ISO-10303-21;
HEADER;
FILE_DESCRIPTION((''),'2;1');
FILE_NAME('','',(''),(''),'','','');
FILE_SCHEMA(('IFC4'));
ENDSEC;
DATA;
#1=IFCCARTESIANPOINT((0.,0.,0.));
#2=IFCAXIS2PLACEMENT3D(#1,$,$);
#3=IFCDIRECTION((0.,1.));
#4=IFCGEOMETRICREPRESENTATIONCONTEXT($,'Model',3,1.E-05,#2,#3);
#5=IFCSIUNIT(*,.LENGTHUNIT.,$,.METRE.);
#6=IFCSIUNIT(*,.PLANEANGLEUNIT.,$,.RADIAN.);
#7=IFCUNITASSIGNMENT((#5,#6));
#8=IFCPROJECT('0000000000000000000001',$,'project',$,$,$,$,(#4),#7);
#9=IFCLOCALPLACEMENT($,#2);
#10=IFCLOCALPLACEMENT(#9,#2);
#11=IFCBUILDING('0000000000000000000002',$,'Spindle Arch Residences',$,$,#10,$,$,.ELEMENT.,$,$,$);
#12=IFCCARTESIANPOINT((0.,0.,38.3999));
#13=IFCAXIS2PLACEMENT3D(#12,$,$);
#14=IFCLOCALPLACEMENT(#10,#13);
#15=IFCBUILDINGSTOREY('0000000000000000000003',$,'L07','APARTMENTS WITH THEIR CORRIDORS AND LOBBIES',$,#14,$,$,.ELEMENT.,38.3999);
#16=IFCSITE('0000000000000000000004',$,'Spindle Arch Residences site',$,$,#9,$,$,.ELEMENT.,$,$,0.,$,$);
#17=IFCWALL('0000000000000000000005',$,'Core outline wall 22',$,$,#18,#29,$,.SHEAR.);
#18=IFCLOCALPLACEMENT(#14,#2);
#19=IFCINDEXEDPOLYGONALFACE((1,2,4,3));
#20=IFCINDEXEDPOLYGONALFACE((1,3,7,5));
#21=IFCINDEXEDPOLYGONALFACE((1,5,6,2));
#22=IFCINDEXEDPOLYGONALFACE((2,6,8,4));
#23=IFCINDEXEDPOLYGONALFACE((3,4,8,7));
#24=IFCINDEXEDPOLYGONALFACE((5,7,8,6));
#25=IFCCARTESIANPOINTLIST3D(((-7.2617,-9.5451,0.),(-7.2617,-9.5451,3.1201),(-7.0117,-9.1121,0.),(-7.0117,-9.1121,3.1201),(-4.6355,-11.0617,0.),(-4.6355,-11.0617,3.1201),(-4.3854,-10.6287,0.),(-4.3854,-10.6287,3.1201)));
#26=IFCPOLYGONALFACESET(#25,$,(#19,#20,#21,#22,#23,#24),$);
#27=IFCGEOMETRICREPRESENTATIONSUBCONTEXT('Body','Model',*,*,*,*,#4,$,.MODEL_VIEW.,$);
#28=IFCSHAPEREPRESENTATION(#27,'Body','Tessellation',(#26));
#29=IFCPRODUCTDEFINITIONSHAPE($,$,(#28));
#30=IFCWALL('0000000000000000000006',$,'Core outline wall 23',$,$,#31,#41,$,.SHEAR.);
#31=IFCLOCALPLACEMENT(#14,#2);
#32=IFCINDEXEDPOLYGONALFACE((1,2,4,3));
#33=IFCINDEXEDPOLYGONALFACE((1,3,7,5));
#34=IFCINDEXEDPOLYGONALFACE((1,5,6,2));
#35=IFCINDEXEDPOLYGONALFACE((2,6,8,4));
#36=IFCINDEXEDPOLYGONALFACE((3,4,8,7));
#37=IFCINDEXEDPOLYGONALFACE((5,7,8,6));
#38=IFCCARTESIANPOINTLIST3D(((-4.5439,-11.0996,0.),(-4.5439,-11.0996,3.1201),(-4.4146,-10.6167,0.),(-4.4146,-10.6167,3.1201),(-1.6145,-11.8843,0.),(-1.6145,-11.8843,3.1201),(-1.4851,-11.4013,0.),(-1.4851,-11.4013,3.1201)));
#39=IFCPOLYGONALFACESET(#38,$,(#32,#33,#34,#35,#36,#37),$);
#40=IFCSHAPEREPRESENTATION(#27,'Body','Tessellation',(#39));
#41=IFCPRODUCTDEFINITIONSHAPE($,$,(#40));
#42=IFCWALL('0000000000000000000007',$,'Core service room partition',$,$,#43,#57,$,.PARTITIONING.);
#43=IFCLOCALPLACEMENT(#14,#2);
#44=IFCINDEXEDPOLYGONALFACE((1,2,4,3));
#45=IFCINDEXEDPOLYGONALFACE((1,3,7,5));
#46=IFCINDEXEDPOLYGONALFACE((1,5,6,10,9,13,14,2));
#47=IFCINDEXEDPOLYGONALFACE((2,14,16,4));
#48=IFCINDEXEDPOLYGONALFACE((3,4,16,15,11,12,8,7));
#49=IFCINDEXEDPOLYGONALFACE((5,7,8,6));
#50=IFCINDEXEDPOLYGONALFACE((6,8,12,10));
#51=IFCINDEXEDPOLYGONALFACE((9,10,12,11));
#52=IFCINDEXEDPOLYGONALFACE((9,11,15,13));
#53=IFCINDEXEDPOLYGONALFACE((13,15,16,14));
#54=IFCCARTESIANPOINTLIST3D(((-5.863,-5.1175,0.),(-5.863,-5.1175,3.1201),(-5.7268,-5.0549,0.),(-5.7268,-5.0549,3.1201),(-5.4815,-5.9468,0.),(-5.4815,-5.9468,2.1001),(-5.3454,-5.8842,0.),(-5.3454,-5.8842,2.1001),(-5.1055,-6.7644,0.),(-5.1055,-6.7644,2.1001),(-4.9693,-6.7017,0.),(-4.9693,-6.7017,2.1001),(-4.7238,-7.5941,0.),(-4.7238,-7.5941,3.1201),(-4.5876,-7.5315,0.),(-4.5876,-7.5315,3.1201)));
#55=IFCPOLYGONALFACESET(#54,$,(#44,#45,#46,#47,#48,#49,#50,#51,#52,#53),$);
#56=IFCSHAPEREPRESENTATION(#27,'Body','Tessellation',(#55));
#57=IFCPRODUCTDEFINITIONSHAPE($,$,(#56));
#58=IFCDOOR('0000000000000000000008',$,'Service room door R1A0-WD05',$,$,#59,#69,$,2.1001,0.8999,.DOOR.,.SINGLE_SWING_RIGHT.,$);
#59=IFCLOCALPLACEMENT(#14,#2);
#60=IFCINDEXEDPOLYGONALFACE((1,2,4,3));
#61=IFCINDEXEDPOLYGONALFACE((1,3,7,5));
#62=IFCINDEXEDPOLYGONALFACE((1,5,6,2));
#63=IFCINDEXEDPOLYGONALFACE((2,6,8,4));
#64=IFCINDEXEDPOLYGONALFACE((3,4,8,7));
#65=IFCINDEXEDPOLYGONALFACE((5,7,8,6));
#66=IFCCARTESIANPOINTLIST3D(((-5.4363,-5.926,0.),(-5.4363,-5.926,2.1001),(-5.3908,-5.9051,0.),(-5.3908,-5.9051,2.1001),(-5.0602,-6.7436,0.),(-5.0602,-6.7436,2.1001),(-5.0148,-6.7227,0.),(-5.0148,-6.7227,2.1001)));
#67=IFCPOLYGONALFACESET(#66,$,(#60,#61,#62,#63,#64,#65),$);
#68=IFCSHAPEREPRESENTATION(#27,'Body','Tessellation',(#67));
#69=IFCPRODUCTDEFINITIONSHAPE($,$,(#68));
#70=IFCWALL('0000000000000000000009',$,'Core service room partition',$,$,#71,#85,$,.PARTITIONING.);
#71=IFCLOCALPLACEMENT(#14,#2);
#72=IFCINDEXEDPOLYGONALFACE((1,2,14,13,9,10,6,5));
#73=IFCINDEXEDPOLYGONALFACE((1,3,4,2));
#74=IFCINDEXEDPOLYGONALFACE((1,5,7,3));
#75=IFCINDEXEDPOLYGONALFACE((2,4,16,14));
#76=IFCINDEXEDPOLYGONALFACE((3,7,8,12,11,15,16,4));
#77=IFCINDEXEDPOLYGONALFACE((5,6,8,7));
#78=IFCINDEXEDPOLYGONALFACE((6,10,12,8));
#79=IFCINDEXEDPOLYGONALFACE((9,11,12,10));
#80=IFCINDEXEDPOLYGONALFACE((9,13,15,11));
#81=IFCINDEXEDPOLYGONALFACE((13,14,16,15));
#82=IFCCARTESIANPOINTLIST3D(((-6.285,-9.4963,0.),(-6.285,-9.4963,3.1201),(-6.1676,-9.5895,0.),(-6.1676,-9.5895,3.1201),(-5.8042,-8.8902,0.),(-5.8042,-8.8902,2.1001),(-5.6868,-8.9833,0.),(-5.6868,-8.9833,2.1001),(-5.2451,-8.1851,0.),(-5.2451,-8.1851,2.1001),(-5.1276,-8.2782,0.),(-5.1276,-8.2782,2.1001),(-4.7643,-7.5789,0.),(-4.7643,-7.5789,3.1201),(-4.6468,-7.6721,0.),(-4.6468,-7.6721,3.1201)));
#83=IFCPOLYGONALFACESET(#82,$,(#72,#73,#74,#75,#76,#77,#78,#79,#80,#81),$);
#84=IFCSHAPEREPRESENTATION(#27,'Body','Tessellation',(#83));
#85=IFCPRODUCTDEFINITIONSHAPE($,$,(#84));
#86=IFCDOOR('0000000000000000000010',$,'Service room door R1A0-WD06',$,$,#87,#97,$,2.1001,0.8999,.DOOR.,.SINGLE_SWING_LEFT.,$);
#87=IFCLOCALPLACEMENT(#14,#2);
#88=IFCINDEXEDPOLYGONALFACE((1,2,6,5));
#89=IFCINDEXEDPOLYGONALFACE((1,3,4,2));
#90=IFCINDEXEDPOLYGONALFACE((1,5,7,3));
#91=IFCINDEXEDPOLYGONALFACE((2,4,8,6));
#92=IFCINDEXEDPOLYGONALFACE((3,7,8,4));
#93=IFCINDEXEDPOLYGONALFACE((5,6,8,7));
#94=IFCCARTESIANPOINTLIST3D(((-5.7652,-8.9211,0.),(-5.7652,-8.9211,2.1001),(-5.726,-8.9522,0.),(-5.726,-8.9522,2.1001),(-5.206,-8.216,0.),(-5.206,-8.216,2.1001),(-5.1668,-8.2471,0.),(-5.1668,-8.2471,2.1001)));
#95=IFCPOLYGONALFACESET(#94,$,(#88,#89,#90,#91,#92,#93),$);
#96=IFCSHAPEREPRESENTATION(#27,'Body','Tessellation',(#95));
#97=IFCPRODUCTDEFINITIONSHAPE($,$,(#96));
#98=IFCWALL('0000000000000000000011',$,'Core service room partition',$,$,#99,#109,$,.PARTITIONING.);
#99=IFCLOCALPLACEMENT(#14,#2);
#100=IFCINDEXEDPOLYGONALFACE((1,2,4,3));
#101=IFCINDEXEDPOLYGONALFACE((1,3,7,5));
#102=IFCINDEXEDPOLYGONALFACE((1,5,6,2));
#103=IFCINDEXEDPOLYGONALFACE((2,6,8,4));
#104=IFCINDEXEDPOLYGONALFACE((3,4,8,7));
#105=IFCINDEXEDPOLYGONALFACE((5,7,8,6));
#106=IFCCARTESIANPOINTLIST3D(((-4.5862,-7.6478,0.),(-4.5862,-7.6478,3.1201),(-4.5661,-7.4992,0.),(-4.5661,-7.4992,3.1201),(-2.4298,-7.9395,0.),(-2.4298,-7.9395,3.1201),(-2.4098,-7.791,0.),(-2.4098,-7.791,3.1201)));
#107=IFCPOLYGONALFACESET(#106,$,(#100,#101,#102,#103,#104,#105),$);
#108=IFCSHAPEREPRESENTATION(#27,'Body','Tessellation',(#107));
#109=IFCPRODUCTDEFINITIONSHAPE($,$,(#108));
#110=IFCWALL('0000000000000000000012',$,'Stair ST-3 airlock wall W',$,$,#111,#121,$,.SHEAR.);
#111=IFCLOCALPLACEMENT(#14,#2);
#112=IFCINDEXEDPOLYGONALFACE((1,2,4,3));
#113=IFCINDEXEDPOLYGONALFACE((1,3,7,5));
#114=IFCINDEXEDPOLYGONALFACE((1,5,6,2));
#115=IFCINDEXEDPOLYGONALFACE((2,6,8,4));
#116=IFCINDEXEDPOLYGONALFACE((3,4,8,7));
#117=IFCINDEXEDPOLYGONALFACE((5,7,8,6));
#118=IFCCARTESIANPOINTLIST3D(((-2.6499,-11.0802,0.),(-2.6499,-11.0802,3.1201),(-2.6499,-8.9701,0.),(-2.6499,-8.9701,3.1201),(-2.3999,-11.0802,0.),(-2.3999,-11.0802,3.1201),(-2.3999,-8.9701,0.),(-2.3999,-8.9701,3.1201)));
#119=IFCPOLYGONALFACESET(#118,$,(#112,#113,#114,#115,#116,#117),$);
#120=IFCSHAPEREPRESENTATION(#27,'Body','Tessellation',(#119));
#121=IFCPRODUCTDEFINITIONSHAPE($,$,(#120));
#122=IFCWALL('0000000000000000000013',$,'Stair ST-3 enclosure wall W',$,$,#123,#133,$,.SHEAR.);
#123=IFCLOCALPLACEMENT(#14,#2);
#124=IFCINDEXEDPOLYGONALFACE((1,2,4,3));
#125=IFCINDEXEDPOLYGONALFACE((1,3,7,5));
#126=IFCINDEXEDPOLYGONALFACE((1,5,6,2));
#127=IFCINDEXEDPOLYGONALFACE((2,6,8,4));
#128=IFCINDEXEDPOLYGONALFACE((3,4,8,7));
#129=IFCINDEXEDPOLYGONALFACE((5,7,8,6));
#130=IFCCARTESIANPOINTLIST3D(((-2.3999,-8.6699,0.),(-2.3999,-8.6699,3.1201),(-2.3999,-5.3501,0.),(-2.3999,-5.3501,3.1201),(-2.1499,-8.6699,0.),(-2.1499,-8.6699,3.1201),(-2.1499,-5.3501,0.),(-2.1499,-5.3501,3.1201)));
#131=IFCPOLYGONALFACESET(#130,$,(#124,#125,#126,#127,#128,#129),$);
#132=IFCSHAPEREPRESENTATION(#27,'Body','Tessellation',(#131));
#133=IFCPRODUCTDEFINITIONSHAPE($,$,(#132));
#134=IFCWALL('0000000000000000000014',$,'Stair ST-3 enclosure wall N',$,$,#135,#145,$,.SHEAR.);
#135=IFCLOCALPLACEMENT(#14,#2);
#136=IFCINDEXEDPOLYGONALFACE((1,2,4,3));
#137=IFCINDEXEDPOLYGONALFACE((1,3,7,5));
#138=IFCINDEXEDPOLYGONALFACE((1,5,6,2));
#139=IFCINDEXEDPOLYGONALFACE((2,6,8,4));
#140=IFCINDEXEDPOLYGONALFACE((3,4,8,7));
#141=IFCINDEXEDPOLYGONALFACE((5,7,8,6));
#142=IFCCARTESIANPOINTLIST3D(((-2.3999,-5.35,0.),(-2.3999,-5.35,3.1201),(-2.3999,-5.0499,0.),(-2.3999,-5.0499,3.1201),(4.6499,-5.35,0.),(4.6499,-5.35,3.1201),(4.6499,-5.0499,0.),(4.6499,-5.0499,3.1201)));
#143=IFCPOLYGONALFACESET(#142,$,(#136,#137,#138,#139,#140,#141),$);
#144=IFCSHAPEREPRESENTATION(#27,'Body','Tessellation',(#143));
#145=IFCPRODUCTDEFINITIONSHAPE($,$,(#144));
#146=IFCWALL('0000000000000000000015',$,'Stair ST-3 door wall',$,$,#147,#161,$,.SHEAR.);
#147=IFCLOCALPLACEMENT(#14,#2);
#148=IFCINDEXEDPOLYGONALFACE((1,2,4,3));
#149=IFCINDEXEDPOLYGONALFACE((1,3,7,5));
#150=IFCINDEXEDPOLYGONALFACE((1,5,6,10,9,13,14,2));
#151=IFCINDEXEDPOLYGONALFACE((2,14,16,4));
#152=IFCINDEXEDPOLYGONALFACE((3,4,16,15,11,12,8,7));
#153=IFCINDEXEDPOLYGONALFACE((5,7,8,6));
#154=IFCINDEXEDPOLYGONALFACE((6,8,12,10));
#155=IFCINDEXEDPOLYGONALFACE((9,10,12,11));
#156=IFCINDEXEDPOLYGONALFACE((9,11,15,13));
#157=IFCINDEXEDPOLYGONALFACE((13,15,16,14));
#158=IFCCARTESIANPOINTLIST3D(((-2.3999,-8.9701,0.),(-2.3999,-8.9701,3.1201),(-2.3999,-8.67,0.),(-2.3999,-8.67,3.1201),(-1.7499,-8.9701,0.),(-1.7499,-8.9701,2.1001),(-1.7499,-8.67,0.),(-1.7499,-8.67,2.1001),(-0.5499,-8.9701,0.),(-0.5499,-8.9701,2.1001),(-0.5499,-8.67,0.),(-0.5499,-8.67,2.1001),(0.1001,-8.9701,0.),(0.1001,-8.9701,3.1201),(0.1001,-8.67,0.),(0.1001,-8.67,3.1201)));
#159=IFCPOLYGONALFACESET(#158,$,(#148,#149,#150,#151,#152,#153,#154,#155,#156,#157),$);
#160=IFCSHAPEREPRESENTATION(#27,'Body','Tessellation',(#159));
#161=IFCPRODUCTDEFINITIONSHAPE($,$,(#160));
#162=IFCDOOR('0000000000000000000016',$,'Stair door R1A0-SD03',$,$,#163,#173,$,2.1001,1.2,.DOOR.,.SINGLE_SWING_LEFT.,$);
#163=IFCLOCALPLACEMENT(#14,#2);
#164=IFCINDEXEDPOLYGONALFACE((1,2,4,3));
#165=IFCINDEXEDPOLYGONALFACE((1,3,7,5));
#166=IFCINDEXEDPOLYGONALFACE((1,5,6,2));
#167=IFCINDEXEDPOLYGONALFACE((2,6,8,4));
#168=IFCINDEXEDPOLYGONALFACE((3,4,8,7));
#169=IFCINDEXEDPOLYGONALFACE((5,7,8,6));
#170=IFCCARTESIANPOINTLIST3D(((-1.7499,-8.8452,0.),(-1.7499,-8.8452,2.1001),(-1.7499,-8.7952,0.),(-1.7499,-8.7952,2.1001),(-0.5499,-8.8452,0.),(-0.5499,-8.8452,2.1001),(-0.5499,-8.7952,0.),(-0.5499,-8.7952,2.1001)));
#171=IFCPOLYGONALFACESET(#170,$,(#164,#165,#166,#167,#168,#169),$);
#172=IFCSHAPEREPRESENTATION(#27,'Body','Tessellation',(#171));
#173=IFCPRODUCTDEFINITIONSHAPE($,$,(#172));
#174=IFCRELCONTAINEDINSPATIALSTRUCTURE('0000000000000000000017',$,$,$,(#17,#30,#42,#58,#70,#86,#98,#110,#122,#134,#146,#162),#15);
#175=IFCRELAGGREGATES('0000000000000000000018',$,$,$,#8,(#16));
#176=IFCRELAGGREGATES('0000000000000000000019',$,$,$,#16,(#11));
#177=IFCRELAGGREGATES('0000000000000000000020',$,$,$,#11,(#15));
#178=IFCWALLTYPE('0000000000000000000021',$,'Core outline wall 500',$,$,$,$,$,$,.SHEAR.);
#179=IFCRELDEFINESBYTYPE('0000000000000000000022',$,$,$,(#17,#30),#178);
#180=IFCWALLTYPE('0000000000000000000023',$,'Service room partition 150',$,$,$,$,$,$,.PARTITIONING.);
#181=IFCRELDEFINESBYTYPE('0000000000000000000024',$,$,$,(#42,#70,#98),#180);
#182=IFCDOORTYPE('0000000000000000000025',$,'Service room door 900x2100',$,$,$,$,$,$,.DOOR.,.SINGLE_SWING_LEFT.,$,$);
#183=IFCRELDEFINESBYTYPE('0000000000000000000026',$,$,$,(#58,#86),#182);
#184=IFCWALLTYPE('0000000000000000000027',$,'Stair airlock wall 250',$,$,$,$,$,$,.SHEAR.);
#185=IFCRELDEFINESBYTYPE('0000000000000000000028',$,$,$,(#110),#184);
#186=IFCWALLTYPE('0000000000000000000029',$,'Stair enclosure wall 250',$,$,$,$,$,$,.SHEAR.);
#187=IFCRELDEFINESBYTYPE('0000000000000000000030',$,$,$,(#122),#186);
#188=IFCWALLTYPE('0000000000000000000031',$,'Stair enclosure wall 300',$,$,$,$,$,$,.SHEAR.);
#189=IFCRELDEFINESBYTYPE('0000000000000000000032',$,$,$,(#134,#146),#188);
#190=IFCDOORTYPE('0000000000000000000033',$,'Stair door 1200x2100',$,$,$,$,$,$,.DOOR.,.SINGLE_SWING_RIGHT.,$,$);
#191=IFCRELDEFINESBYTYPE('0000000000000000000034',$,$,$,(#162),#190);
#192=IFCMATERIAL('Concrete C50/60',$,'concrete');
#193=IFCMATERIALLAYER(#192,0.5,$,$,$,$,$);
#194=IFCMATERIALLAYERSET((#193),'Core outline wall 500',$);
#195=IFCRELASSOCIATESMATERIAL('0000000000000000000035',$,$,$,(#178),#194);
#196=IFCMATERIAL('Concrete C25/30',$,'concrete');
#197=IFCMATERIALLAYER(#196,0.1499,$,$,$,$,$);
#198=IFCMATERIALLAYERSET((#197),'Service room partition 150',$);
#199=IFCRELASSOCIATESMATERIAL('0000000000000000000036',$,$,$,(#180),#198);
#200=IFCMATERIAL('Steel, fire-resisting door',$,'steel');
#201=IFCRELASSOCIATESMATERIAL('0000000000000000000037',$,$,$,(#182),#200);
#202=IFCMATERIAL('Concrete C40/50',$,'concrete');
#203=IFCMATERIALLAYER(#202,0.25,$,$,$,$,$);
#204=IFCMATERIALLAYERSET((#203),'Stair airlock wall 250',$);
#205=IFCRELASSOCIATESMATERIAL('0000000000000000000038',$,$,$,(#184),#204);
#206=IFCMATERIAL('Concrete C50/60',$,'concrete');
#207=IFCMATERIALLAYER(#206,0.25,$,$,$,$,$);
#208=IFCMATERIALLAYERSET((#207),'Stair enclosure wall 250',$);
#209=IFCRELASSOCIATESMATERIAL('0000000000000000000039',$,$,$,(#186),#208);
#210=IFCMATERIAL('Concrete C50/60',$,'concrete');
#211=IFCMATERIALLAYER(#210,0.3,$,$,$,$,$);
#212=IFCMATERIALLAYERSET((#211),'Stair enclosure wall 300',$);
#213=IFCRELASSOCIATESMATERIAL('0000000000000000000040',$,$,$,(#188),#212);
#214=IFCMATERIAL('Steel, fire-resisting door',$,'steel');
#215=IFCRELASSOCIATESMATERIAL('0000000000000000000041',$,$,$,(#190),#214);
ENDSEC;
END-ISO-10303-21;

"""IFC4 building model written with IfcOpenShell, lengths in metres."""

from ifc_helpers import new_model, si_unit, direction, frame, frame_2d, origin, place, context, subcontext, project, spatial, rectangle, extrude, material, layer, layer_set, type_object, element, fill, save


model = new_model("IFC4")

# Units and contexts
model_context = context("Model", 3, precision=1e-05, world=origin(), true_north=direction((0.0, 1.0)))
body_context = subcontext(model_context, "Body", "Model", "MODEL_VIEW")
ifc_project = project(units=[si_unit("LENGTHUNIT", "METRE"), si_unit("PLANEANGLEUNIT", "RADIAN")], contexts=[model_context])

# Site, building, storey
site_placement = place(None, origin())
site = spatial("IfcSite", under=ifc_project, at=site_placement, Name="Spindle Arch Residences site", CompositionType="ELEMENT", RefElevation=0.0)
building_placement = place(site_placement, origin())
building = spatial("IfcBuilding", under=site, at=building_placement, Name="Spindle Arch Residences", CompositionType="ELEMENT")
storey_placement = place(building_placement, frame((0.0, 0.0, 38.3999)))
storey = spatial("IfcBuildingStorey", under=building, at=storey_placement, Name="L07", Description="APARTMENTS WITH THEIR CORRIDORS AND LOBBIES", CompositionType="ELEMENT", Elevation=38.3999)

# Walls
ifc_material_1 = material(Name="Concrete C50/60", Category="concrete")
ifc_layer_1 = layer(ifc_material_1, 0.5)
ifc_layer_set_1 = layer_set([ifc_layer_1], Name="Core outline wall 500")
wall_type_1 = type_object("IfcWallType", Name="Core outline wall 500", PredefinedType="SHEAR", material=ifc_layer_set_1)
for number, where, z_axis, x_axis, name in (
    (1, (-7.1367, -9.3286, 0.0), (0.0, 0.0, 1.0), (0.865975, -0.500087, 0.0), "Core outline wall 22"),
    (2, (-4.4792, -10.8582, 0.0), (0.0, 0.0, 1.0), (0.965948, -0.258735, 0.0), "Core outline wall 23"),
):
    element("IfcWall", number, at=place(storey_placement, frame(where, z_axis=z_axis, x_axis=x_axis)), inside=storey, type_object=wall_type_1, Name=name, PredefinedType="SHEAR", context=body_context, shape_type="SweptSolid", body=[
        extrude(rectangle(XDim=3.0327, YDim=0.5, at=frame_2d((1.5164, 0.0))), origin(), (0.0, 0.0, 1.0), 3.1201),
    ])

# Walls, openings, doors
ifc_material_2 = material(Name="Concrete C25/30", Category="concrete")
ifc_layer_2 = layer(ifc_material_2, 0.1499)
ifc_layer_set_2 = layer_set([ifc_layer_2], Name="Service room partition 150")
wall_type_2 = type_object("IfcWallType", Name="Service room partition 150", PredefinedType="PARTITIONING", material=ifc_layer_set_2)
wall_1_placement = place(storey_placement, frame((-5.7949, -5.0862, 0.0), z_axis=(0.0, 0.0, 1.0), x_axis=(0.417888, -0.908499, 0.0)))
wall_1 = element("IfcWall", 3, at=wall_1_placement, inside=storey, type_object=wall_type_2, Name="Core service room partition", PredefinedType="PARTITIONING", context=body_context, shape_type="SweptSolid", body=[
    extrude(rectangle(XDim=2.7261, YDim=0.1499, at=frame_2d((1.363, 0.0))), origin(), (0.0, 0.0, 1.0), 3.1201),
])
opening_1_placement = place(wall_1_placement, frame((0.9128, 0.0, 0.0)))
opening_1 = element("IfcOpeningElement", 4, at=opening_1_placement, cuts=wall_1, PredefinedType="OPENING", context=body_context, shape_type="SweptSolid", body=[
    extrude(rectangle(XDim=0.8999, YDim=2.1001, at=frame_2d((0.45, 1.05))), frame((0.0, 0.085, 0.0), z_axis=(0.0, -1.0, 0.0), x_axis=(1.0, 0.0, 0.0)), (0.0, 0.0, 1.0), 0.1699),
])
ifc_material_3 = material(Name="Steel, fire-resisting door", Category="steel")
door_type_1 = type_object("IfcDoorType", Name="Service room door 900x2100", OperationType="SINGLE_SWING_LEFT", PredefinedType="DOOR", material=ifc_material_3)
door_1_placement = place(opening_1_placement, origin())
door_1 = element("IfcDoor", 5, at=door_1_placement, inside=storey, type_object=door_type_1, Name="Service room door R1A0-WD05", OperationType="SINGLE_SWING_RIGHT", OverallHeight=2.1001, OverallWidth=0.8999, PredefinedType="DOOR", context=body_context, shape_type="SweptSolid", body=[
    extrude(rectangle(XDim=0.8999, YDim=2.1001, at=frame_2d((0.45, 1.05))), frame((0.0, 0.0249, 0.0), z_axis=(0.0, -1.0, 0.0), x_axis=(1.0, 0.0, 0.0)), (0.0, 0.0, 1.0), 0.05),
])
fill(opening_1, door_1)
wall_2_placement = place(storey_placement, frame((-4.7056, -7.6255, 0.0), z_axis=(0.0, 0.0, 1.0), x_axis=(-0.621393, -0.783499, 0.0)))
wall_2 = element("IfcWall", 6, at=wall_2_placement, inside=storey, type_object=wall_type_2, Name="Core service room partition", PredefinedType="PARTITIONING", context=body_context, shape_type="SweptSolid", body=[
    extrude(rectangle(XDim=2.4473, YDim=0.1499, at=frame_2d((1.2236, 0.0))), origin(), (0.0, 0.0, 1.0), 3.1201),
])
opening_2_placement = place(wall_2_placement, frame((0.7737, 0.0, 0.0)))
opening_2 = element("IfcOpeningElement", 7, at=opening_2_placement, cuts=wall_2, PredefinedType="OPENING", context=body_context, shape_type="SweptSolid", body=[
    extrude(rectangle(XDim=0.8999, YDim=2.1001, at=frame_2d((0.45, 1.05))), frame((0.0, 0.085, 0.0), z_axis=(0.0, -1.0, 0.0), x_axis=(1.0, 0.0, 0.0)), (0.0, 0.0, 1.0), 0.1699),
])
door_2_placement = place(opening_2_placement, origin())
door_2 = element("IfcDoor", 8, at=door_2_placement, inside=storey, type_object=door_type_1, Name="Service room door R1A0-WD06", OperationType="SINGLE_SWING_LEFT", OverallHeight=2.1001, OverallWidth=0.8999, PredefinedType="DOOR", context=body_context, shape_type="SweptSolid", body=[
    extrude(rectangle(XDim=0.8999, YDim=2.1001, at=frame_2d((0.45, 1.05))), frame((0.0, 0.0249, 0.0), z_axis=(0.0, -1.0, 0.0), x_axis=(1.0, 0.0, 0.0)), (0.0, 0.0, 1.0), 0.05),
])
fill(opening_2, door_2)

# Walls
wall_3_placement = place(storey_placement, frame((-2.4199, -7.8652, 0.0), z_axis=(0.0, 0.0, 1.0), x_axis=(-0.990972, 0.134067, 0.0)))
element("IfcWall", 9, at=wall_3_placement, inside=storey, type_object=wall_type_2, Name="Core service room partition", PredefinedType="PARTITIONING", context=body_context, shape_type="SweptSolid", body=[
    extrude(rectangle(XDim=2.176, YDim=0.1499, at=frame_2d((1.0879, 0.0))), origin(), (0.0, 0.0, 1.0), 3.1201),
])
ifc_material_4 = material(Name="Concrete C40/50", Category="concrete")
ifc_layer_3 = layer(ifc_material_4, 0.25)
ifc_layer_set_3 = layer_set([ifc_layer_3], Name="Stair airlock wall 250")
wall_type_3 = type_object("IfcWallType", Name="Stair airlock wall 250", PredefinedType="SHEAR", material=ifc_layer_set_3)
wall_4_placement = place(storey_placement, frame((-2.5249, -8.97, 0.0), z_axis=(0.0, 0.0, 1.0), x_axis=(0.0, -1.0, 0.0)))
element("IfcWall", 10, at=wall_4_placement, inside=storey, type_object=wall_type_3, Name="Stair ST-3 airlock wall W", PredefinedType="SHEAR", context=body_context, shape_type="SweptSolid", body=[
    extrude(rectangle(XDim=2.1101, YDim=0.25, at=frame_2d((1.0552, 0.0))), origin(), (0.0, 0.0, 1.0), 3.1201),
])
ifc_material_5 = material(Name="Concrete C50/60", Category="concrete")
ifc_layer_4 = layer(ifc_material_5, 0.25)
ifc_layer_set_4 = layer_set([ifc_layer_4], Name="Stair enclosure wall 250")
wall_type_4 = type_object("IfcWallType", Name="Stair enclosure wall 250", PredefinedType="SHEAR", material=ifc_layer_set_4)
wall_5_placement = place(storey_placement, frame((-2.2749, -8.6699, 0.0), z_axis=(0.0, 0.0, 1.0), x_axis=(0.0, 1.0, 0.0)))
element("IfcWall", 11, at=wall_5_placement, inside=storey, type_object=wall_type_4, Name="Stair ST-3 enclosure wall W", PredefinedType="SHEAR", context=body_context, shape_type="SweptSolid", body=[
    extrude(rectangle(XDim=3.3198, YDim=0.25, at=frame_2d((1.6599, 0.0))), origin(), (0.0, 0.0, 1.0), 3.1201),
])
ifc_material_6 = material(Name="Concrete C50/60", Category="concrete")
ifc_layer_5 = layer(ifc_material_6, 0.3)
ifc_layer_set_5 = layer_set([ifc_layer_5], Name="Stair enclosure wall 300")
wall_type_5 = type_object("IfcWallType", Name="Stair enclosure wall 300", PredefinedType="SHEAR", material=ifc_layer_set_5)
wall_6_placement = place(storey_placement, frame((-2.3999, -5.2, 0.0), z_axis=(0.0, 0.0, 1.0), x_axis=(1.0, 0.0, 0.0)))
element("IfcWall", 12, at=wall_6_placement, inside=storey, type_object=wall_type_5, Name="Stair ST-3 enclosure wall N", PredefinedType="SHEAR", context=body_context, shape_type="SweptSolid", body=[
    extrude(rectangle(XDim=7.0498, YDim=0.3, at=frame_2d((3.5249, 0.0))), origin(), (0.0, 0.0, 1.0), 3.1201),
])

# Wall, opening, door
wall_7_placement = place(storey_placement, frame((-2.3999, -8.8201, 0.0), z_axis=(0.0, 0.0, 1.0), x_axis=(1.0, 0.0, 0.0)))
wall_7 = element("IfcWall", 13, at=wall_7_placement, inside=storey, type_object=wall_type_5, Name="Stair ST-3 door wall", PredefinedType="SHEAR", context=body_context, shape_type="SweptSolid", body=[
    extrude(rectangle(XDim=2.5, YDim=0.3, at=frame_2d((1.25, 0.0))), origin(), (0.0, 0.0, 1.0), 3.1201),
])
opening_3_placement = place(wall_7_placement, frame((0.6499, 0.0, 0.0)))
opening_3 = element("IfcOpeningElement", 14, at=opening_3_placement, cuts=wall_7, PredefinedType="OPENING", context=body_context, shape_type="SweptSolid", body=[
    extrude(rectangle(XDim=1.2, YDim=2.1001, at=frame_2d((0.6001, 1.05))), frame((0.0, 0.1602, 0.0), z_axis=(0.0, -1.0, 0.0), x_axis=(1.0, 0.0, 0.0)), (0.0, 0.0, 1.0), 0.3201),
])
ifc_material_7 = material(Name="Steel, fire-resisting door", Category="steel")
door_type_2 = type_object("IfcDoorType", Name="Stair door 1200x2100", OperationType="SINGLE_SWING_RIGHT", PredefinedType="DOOR", material=ifc_material_7)
door_3_placement = place(opening_3_placement, origin())
door_3 = element("IfcDoor", 15, at=door_3_placement, inside=storey, type_object=door_type_2, Name="Stair door R1A0-SD03", OperationType="SINGLE_SWING_LEFT", OverallHeight=2.1001, OverallWidth=1.2, PredefinedType="DOOR", context=body_context, shape_type="SweptSolid", body=[
    extrude(rectangle(XDim=1.2, YDim=2.1001, at=frame_2d((0.6001, 1.05))), frame((0.0, 0.0249, 0.0), z_axis=(0.0, -1.0, 0.0), x_axis=(1.0, 0.0, 0.0)), (0.0, 0.0, 1.0), 0.05),
])
fill(opening_3, door_3)

save(model, "model.ifc")
